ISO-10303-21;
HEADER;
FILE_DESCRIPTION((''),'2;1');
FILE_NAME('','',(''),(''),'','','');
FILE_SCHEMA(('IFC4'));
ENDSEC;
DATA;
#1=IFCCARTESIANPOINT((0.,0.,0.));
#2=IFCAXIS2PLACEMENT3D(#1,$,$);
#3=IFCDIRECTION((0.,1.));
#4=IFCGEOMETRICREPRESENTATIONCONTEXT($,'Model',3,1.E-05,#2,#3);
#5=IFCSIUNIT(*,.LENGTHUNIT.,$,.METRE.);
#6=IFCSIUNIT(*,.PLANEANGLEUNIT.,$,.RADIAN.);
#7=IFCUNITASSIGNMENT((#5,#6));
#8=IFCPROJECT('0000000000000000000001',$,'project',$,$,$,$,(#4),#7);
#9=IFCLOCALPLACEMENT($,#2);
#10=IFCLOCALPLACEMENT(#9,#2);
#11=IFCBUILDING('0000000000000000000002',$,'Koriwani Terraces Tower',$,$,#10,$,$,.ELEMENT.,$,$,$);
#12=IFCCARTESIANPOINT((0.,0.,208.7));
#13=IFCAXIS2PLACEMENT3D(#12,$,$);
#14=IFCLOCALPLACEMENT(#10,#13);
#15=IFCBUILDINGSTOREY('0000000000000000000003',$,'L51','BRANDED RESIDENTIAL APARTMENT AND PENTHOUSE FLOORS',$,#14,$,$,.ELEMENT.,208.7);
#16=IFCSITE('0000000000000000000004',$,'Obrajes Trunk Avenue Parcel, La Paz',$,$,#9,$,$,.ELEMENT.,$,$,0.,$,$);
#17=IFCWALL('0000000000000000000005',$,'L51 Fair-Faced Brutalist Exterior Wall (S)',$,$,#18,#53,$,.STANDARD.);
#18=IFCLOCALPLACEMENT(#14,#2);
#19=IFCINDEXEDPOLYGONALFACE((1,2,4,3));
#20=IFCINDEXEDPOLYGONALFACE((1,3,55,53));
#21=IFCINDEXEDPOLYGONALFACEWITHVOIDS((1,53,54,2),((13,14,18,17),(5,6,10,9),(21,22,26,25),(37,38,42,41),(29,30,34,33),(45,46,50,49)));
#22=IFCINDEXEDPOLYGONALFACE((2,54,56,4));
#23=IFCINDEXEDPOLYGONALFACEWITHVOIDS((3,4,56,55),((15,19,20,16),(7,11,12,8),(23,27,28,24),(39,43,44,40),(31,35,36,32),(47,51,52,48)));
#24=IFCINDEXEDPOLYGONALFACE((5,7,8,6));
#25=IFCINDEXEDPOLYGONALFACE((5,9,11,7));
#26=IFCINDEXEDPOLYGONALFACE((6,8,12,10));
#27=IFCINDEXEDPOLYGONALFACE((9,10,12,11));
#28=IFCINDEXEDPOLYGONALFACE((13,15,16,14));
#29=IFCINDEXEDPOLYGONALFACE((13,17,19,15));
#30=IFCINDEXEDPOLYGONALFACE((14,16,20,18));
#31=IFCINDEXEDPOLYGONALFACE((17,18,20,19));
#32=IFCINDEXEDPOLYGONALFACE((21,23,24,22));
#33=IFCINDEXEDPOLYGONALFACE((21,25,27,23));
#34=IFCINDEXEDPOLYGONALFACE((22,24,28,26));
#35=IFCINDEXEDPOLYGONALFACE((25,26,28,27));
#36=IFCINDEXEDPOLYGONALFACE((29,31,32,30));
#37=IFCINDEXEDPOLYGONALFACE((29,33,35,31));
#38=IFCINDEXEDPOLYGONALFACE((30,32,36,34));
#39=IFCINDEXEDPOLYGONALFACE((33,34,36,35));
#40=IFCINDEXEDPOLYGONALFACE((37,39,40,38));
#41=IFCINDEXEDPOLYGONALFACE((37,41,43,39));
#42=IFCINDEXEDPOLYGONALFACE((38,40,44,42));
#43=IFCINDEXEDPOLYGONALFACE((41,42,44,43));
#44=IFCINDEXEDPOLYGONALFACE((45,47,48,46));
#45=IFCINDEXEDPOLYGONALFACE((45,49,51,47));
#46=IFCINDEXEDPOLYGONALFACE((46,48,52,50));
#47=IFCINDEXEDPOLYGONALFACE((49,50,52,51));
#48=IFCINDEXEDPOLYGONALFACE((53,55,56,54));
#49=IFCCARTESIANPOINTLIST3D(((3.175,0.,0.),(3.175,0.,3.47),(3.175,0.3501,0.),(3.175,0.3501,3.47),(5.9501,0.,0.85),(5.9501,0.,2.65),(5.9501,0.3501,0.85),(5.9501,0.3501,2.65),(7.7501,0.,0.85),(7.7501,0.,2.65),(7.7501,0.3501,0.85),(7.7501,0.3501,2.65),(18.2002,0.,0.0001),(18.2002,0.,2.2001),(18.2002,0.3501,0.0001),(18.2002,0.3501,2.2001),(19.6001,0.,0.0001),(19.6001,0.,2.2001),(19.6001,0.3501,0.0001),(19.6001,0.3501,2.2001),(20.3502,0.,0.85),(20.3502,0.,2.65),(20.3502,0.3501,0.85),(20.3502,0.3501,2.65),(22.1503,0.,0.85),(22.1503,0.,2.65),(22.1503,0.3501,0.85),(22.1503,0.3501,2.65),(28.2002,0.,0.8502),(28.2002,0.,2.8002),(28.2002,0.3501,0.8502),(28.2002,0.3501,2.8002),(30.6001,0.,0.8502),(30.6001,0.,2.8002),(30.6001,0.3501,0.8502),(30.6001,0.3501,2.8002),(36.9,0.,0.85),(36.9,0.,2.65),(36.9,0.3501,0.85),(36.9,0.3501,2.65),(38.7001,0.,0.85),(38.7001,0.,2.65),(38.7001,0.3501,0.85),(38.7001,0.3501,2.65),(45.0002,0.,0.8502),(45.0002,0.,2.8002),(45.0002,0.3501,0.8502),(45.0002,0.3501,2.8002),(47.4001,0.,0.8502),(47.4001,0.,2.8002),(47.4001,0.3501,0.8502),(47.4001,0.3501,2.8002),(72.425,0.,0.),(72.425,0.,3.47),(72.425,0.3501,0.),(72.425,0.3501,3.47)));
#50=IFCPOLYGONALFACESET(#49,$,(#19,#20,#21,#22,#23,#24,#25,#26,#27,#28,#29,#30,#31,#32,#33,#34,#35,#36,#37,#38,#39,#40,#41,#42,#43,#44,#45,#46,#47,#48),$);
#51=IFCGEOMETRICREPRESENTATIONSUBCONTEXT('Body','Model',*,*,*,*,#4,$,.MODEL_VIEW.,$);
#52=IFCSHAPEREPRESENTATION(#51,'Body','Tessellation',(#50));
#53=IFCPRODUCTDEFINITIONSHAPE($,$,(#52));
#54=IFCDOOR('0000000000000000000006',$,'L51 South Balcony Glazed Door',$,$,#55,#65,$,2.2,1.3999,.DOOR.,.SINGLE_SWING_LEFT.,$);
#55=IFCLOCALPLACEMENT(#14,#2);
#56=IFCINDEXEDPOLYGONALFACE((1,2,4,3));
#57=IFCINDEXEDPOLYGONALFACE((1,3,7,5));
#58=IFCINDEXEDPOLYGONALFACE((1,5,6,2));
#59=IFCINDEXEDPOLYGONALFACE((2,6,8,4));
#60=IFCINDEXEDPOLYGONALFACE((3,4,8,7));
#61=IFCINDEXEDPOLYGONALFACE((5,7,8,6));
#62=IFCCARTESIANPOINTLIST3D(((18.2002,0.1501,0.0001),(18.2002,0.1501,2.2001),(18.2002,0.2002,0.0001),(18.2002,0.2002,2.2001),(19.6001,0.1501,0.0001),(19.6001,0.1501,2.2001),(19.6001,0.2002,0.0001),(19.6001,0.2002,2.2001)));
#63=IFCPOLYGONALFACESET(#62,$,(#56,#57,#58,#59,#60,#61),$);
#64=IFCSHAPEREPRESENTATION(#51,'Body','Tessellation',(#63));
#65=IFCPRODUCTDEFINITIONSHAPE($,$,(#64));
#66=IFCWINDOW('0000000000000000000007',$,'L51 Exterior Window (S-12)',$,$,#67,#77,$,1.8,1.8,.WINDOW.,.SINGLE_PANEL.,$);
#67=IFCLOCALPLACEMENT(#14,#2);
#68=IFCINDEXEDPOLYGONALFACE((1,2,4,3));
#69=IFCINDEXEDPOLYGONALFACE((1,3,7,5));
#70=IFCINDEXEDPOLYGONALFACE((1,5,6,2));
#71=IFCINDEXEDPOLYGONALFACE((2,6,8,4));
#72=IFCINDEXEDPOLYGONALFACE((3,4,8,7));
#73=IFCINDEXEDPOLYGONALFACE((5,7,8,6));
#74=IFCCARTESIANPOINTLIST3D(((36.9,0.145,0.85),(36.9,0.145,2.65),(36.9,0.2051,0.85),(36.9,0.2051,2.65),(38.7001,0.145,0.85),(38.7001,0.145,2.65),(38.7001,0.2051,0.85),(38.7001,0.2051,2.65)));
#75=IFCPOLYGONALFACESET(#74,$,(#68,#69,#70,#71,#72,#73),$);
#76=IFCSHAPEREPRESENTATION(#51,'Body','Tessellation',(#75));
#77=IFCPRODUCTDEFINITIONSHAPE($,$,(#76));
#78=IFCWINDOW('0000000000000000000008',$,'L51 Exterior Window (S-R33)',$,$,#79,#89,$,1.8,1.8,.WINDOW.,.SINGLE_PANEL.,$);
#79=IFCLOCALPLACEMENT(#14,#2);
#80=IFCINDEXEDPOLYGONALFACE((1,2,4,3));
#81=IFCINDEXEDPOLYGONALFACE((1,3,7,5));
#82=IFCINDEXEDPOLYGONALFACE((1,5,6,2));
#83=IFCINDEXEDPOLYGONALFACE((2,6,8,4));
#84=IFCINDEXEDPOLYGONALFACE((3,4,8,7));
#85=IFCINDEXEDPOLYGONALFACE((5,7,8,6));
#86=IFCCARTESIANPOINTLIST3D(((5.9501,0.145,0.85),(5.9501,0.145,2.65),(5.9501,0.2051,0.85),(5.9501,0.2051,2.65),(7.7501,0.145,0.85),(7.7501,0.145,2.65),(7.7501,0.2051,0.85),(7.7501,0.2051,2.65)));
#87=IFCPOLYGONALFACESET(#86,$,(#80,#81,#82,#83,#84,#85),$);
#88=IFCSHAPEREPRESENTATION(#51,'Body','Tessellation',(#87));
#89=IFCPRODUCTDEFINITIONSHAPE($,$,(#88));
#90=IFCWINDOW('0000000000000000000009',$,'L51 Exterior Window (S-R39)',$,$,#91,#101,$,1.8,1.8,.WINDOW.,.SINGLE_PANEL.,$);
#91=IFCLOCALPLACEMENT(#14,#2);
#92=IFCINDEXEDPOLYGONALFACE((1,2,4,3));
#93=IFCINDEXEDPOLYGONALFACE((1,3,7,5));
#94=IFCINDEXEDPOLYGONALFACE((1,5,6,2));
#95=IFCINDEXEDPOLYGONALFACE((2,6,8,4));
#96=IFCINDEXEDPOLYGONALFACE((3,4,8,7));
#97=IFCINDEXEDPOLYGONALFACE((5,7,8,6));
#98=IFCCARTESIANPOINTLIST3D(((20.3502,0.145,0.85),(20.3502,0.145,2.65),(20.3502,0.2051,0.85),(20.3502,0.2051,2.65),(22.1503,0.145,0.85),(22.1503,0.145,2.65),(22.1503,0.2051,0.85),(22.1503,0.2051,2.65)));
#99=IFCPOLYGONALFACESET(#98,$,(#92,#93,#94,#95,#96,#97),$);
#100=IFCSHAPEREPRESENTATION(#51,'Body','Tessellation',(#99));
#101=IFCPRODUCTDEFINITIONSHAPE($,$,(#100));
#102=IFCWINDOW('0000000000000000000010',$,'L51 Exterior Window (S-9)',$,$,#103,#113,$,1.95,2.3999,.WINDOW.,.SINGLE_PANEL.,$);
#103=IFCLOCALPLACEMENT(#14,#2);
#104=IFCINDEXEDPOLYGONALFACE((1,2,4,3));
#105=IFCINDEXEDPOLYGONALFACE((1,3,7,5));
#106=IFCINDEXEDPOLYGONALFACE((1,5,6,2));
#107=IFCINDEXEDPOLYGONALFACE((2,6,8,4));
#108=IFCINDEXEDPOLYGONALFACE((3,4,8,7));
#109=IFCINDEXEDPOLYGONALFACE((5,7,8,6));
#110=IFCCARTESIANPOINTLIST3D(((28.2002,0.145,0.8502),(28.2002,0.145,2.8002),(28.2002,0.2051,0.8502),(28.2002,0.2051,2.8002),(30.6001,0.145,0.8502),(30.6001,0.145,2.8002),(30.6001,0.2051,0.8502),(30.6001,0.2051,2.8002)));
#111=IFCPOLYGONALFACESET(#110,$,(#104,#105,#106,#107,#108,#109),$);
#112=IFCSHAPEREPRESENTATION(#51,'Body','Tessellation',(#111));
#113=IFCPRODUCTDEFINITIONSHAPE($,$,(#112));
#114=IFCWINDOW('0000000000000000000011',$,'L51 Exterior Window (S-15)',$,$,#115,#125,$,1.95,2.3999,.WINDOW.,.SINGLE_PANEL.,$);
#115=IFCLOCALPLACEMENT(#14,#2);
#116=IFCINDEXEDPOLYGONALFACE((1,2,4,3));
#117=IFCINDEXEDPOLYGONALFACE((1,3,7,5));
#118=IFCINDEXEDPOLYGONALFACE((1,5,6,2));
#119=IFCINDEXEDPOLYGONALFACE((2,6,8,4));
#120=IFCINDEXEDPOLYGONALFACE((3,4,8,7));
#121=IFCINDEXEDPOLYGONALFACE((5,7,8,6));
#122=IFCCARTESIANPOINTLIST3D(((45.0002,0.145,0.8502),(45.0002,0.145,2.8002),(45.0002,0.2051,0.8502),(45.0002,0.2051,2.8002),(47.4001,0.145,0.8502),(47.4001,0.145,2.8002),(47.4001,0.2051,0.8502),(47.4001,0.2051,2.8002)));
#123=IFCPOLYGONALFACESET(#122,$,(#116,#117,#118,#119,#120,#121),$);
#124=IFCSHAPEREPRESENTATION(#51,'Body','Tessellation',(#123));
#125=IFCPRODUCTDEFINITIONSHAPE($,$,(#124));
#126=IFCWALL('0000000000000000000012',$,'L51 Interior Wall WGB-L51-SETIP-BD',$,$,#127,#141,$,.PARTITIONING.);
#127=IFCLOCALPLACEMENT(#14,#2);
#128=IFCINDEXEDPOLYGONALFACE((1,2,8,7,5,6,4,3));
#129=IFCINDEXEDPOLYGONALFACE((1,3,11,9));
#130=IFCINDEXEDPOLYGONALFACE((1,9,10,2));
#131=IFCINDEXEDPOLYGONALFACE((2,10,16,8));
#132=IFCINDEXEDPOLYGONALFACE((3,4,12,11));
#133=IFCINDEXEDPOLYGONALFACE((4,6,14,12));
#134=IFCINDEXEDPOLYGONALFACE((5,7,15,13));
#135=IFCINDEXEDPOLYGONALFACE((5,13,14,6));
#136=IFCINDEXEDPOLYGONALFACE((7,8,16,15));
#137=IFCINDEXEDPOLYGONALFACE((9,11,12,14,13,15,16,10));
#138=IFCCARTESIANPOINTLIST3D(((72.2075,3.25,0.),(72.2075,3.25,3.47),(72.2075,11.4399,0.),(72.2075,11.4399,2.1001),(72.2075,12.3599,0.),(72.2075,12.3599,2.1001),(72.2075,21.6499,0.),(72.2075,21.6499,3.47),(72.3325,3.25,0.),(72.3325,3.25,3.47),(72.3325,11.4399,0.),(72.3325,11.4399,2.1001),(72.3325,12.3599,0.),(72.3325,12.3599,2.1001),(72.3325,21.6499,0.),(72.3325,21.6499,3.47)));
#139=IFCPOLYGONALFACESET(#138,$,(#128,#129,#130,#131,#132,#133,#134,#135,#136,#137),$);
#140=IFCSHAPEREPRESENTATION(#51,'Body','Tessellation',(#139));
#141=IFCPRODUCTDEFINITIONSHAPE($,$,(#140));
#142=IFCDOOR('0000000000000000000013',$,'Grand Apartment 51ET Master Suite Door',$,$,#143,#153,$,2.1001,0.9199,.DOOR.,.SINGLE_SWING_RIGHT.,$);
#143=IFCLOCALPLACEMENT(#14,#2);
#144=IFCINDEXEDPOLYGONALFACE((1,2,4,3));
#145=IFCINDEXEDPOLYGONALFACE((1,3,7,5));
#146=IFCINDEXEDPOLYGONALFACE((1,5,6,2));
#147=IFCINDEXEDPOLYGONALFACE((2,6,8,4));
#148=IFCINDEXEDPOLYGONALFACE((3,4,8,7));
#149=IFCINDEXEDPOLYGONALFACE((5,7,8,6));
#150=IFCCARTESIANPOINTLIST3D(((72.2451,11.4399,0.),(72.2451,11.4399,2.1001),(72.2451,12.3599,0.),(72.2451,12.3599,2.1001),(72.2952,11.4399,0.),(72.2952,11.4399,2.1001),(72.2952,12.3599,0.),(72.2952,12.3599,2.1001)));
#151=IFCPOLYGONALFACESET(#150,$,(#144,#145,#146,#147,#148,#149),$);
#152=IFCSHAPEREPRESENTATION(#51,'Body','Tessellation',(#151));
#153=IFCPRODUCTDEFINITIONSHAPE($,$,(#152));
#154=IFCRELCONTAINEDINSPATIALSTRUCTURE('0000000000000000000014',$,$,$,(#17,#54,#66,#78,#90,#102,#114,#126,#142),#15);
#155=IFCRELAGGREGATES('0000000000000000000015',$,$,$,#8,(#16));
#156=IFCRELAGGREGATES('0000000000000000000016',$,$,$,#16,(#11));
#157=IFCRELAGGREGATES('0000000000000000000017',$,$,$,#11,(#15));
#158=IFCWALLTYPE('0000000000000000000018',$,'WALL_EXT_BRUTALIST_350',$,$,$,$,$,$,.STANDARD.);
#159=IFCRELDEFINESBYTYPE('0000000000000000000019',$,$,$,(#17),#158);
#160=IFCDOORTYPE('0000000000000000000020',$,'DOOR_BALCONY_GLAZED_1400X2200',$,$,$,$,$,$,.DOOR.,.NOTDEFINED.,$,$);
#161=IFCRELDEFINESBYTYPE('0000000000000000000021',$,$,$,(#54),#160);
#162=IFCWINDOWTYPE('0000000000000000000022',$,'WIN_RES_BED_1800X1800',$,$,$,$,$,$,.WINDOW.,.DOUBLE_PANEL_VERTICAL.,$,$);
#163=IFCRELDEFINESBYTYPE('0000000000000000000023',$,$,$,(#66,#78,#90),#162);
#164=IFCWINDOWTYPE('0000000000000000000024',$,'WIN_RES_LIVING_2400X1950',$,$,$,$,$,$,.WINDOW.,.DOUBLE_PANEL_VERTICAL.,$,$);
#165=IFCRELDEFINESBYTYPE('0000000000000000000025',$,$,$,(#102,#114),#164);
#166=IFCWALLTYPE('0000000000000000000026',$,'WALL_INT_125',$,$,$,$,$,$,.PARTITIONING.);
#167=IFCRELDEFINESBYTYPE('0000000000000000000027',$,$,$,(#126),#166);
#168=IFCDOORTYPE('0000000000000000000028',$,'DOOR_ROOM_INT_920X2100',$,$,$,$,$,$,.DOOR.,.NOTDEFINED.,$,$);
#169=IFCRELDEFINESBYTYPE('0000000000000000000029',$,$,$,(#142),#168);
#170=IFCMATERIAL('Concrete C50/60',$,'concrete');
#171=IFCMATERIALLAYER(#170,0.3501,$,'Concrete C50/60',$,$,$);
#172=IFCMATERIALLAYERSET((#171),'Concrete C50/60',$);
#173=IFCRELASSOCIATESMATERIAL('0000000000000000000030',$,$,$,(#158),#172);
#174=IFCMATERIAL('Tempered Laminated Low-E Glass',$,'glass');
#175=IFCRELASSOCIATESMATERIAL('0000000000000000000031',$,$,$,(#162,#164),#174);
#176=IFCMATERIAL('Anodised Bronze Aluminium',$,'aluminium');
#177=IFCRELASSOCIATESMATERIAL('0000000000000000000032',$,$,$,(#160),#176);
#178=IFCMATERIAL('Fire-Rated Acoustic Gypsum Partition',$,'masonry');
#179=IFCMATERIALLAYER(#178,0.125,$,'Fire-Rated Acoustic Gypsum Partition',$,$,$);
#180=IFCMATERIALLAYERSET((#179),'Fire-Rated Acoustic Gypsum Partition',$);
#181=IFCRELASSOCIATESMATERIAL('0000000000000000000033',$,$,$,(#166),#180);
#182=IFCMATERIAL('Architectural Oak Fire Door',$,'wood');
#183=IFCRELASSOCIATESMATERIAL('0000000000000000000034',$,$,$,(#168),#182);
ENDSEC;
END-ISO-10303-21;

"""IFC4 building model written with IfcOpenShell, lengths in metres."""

from ifc_helpers import new_model, si_unit, direction, frame, frame_2d, origin, place, context, subcontext, project, spatial, rectangle, extrude, material, layer, layer_set, type_object, element, fill, save


model = new_model("IFC4")

# Units and contexts
model_context = context("Model", 3, precision=1e-05, world=origin(), true_north=direction((0.0, 1.0)))
body_context = subcontext(model_context, "Body", "Model", "MODEL_VIEW")
ifc_project = project(units=[si_unit("LENGTHUNIT", "METRE"), si_unit("PLANEANGLEUNIT", "RADIAN")], contexts=[model_context])

# Site, building, storey
site_placement = place(None, origin())
site = spatial("IfcSite", under=ifc_project, at=site_placement, Name="Obrajes Trunk Avenue Parcel, La Paz", CompositionType="ELEMENT", RefElevation=0.0)
building_placement = place(site_placement, origin())
building = spatial("IfcBuilding", under=site, at=building_placement, Name="Koriwani Terraces Tower", CompositionType="ELEMENT")
storey_placement = place(building_placement, frame((0.0, 0.0, 208.7)))
storey = spatial("IfcBuildingStorey", under=building, at=storey_placement, Name="L51", Description="BRANDED RESIDENTIAL APARTMENT AND PENTHOUSE FLOORS", CompositionType="ELEMENT", Elevation=208.7)

# Shared definitions
ifc_material_1 = material(Name="Concrete C50/60", Category="concrete")

# Shared definitions
ifc_material_2 = material(Name="Architectural Oak Fire Door", Category="wood")

# Shared definitions
ifc_layer_1 = layer(ifc_material_1, 0.3501, Name="Concrete C50/60")
ifc_layer_set_1 = layer_set([ifc_layer_1], Name="Concrete C50/60")
wall_type_1 = type_object("IfcWallType", Name="WALL_EXT_BRUTALIST_350", PredefinedType="STANDARD", material=ifc_layer_set_1)
ifc_material_3 = material(Name="Tempered Laminated Low-E Glass", Category="glass")
window_type_1 = type_object("IfcWindowType", Name="WIN_RES_BED_1800X1800", PartitioningType="DOUBLE_PANEL_VERTICAL", PredefinedType="WINDOW", material=ifc_material_3)

# Wall, openings, door, windows
wall_1_placement = place(storey_placement, frame((72.425, 0.175, 0.0), z_axis=(0.0, 0.0, 1.0), x_axis=(-1.0, 0.0, 0.0)))
wall_1 = element("IfcWall", 1, at=wall_1_placement, inside=storey, type_object=wall_type_1, Name="L51 Fair-Faced Brutalist Exterior Wall (S)", PredefinedType="STANDARD", context=body_context, shape_type="SweptSolid", body=[
    extrude(rectangle(XDim=69.25, YDim=0.3501, at=frame_2d((34.625, 0.0))), origin(), (0.0, 0.0, 1.0), 3.47),
])
opening_1_placement = place(wall_1_placement, frame((52.825, 0.0, 0.0)))
opening_1 = element("IfcOpeningElement", 2, at=opening_1_placement, cuts=wall_1, PredefinedType="OPENING", context=body_context, shape_type="SweptSolid", body=[
    extrude(rectangle(XDim=1.3999, YDim=2.2, at=frame_2d((0.7, 1.1001))), frame((0.0, 0.1851, 0.0), z_axis=(0.0, -1.0, 0.0), x_axis=(1.0, 0.0, 0.0)), (0.0, 0.0, 1.0), 0.3701),
])
opening_2_placement = place(wall_1_placement, frame((41.825, 0.0, 0.8501)))
opening_2 = element("IfcOpeningElement", 3, at=opening_2_placement, cuts=wall_1, PredefinedType="OPENING", context=body_context, shape_type="SweptSolid", body=[
    extrude(rectangle(XDim=2.3999, YDim=1.95, at=frame_2d((1.2, 0.9751))), frame((0.0, 0.1851, 0.0), z_axis=(0.0, -1.0, 0.0), x_axis=(1.0, 0.0, 0.0)), (0.0, 0.0, 1.0), 0.3701),
])
opening_3_placement = place(wall_1_placement, frame((33.7251, 0.0, 0.8501)))
opening_3 = element("IfcOpeningElement", 4, at=opening_3_placement, cuts=wall_1, PredefinedType="OPENING", context=body_context, shape_type="SweptSolid", body=[
    extrude(rectangle(XDim=1.8, YDim=1.8, at=frame_2d((0.8999, 0.8999))), frame((0.0, 0.1851, 0.0), z_axis=(0.0, -1.0, 0.0), x_axis=(1.0, 0.0, 0.0)), (0.0, 0.0, 1.0), 0.3701),
])
opening_4_placement = place(wall_1_placement, frame((25.0249, 0.0, 0.8501)))
opening_4 = element("IfcOpeningElement", 5, at=opening_4_placement, cuts=wall_1, PredefinedType="OPENING", context=body_context, shape_type="SweptSolid", body=[
    extrude(rectangle(XDim=2.3999, YDim=1.95, at=frame_2d((1.2, 0.9751))), frame((0.0, 0.1851, 0.0), z_axis=(0.0, -1.0, 0.0), x_axis=(1.0, 0.0, 0.0)), (0.0, 0.0, 1.0), 0.3701),
])
opening_5_placement = place(wall_1_placement, frame((64.675, 0.0, 0.8501)))
opening_5 = element("IfcOpeningElement", 6, at=opening_5_placement, cuts=wall_1, PredefinedType="OPENING", context=body_context, shape_type="SweptSolid", body=[
    extrude(rectangle(XDim=1.8, YDim=1.8, at=frame_2d((0.8999, 0.8999))), frame((0.0, 0.1851, 0.0), z_axis=(0.0, -1.0, 0.0), x_axis=(1.0, 0.0, 0.0)), (0.0, 0.0, 1.0), 0.3701),
])
opening_6_placement = place(wall_1_placement, frame((50.2749, 0.0, 0.8501)))
opening_6 = element("IfcOpeningElement", 7, at=opening_6_placement, cuts=wall_1, PredefinedType="OPENING", context=body_context, shape_type="SweptSolid", body=[
    extrude(rectangle(XDim=1.8, YDim=1.8, at=frame_2d((0.8999, 0.8999))), frame((0.0, 0.1851, 0.0), z_axis=(0.0, -1.0, 0.0), x_axis=(1.0, 0.0, 0.0)), (0.0, 0.0, 1.0), 0.3701),
])
ifc_material_4 = material(Name="Anodised Bronze Aluminium", Category="aluminium")
door_type_1 = type_object("IfcDoorType", Name="DOOR_BALCONY_GLAZED_1400X2200", OperationType="NOTDEFINED", PredefinedType="DOOR", material=ifc_material_4)
door_1_placement = place(opening_1_placement, origin())
door_1 = element("IfcDoor", 8, at=door_1_placement, inside=storey, type_object=door_type_1, Name="L51 South Balcony Glazed Door", OperationType="SINGLE_SWING_LEFT", OverallHeight=2.2, OverallWidth=1.3999, PredefinedType="DOOR", context=body_context, shape_type="SweptSolid", body=[
    extrude(rectangle(XDim=1.3999, YDim=2.2, at=frame_2d((0.7, 1.1001))), frame((0.0, 0.0249, 0.0), z_axis=(0.0, -1.0, 0.0), x_axis=(1.0, 0.0, 0.0)), (0.0, 0.0, 1.0), 0.05),
])
fill(opening_1, door_1)
window_1_placement = place(opening_3_placement, origin())
window_1 = element("IfcWindow", 9, at=window_1_placement, inside=storey, type_object=window_type_1, Name="L51 Exterior Window (S-12)", OverallHeight=1.8, OverallWidth=1.8, PartitioningType="SINGLE_PANEL", PredefinedType="WINDOW", context=body_context, shape_type="SweptSolid", body=[
    extrude(rectangle(XDim=1.8, YDim=1.8, at=frame_2d((0.8999, 0.8999))), frame((0.0, 0.03, 0.0), z_axis=(0.0, -1.0, 0.0), x_axis=(1.0, 0.0, 0.0)), (0.0, 0.0, 1.0), 0.0601),
])
fill(opening_3, window_1)
window_2_placement = place(opening_5_placement, origin())
window_2 = element("IfcWindow", 10, at=window_2_placement, inside=storey, type_object=window_type_1, Name="L51 Exterior Window (S-R33)", OverallHeight=1.8, OverallWidth=1.8, PartitioningType="SINGLE_PANEL", PredefinedType="WINDOW", context=body_context, shape_type="SweptSolid", body=[
    extrude(rectangle(XDim=1.8, YDim=1.8, at=frame_2d((0.8999, 0.8999))), frame((0.0, 0.03, 0.0), z_axis=(0.0, -1.0, 0.0), x_axis=(1.0, 0.0, 0.0)), (0.0, 0.0, 1.0), 0.0601),
])
fill(opening_5, window_2)
window_3_placement = place(opening_6_placement, origin())
window_3 = element("IfcWindow", 11, at=window_3_placement, inside=storey, type_object=window_type_1, Name="L51 Exterior Window (S-R39)", OverallHeight=1.8, OverallWidth=1.8, PartitioningType="SINGLE_PANEL", PredefinedType="WINDOW", context=body_context, shape_type="SweptSolid", body=[
    extrude(rectangle(XDim=1.8, YDim=1.8, at=frame_2d((0.8999, 0.8999))), frame((0.0, 0.03, 0.0), z_axis=(0.0, -1.0, 0.0), x_axis=(1.0, 0.0, 0.0)), (0.0, 0.0, 1.0), 0.0601),
])
fill(opening_6, window_3)
window_type_2 = type_object("IfcWindowType", Name="WIN_RES_LIVING_2400X1950", PartitioningType="DOUBLE_PANEL_VERTICAL", PredefinedType="WINDOW", material=ifc_material_3)
window_4_placement = place(opening_2_placement, origin())
window_4 = element("IfcWindow", 12, at=window_4_placement, inside=storey, type_object=window_type_2, Name="L51 Exterior Window (S-9)", OverallHeight=1.95, OverallWidth=2.3999, PartitioningType="SINGLE_PANEL", PredefinedType="WINDOW", context=body_context, shape_type="SweptSolid", body=[
    extrude(rectangle(XDim=2.3999, YDim=1.95, at=frame_2d((1.2, 0.9751))), frame((0.0, 0.03, 0.0), z_axis=(0.0, -1.0, 0.0), x_axis=(1.0, 0.0, 0.0)), (0.0, 0.0, 1.0), 0.0601),
])
fill(opening_2, window_4)
window_5_placement = place(opening_4_placement, origin())
window_5 = element("IfcWindow", 13, at=window_5_placement, inside=storey, type_object=window_type_2, Name="L51 Exterior Window (S-15)", OverallHeight=1.95, OverallWidth=2.3999, PartitioningType="SINGLE_PANEL", PredefinedType="WINDOW", context=body_context, shape_type="SweptSolid", body=[
    extrude(rectangle(XDim=2.3999, YDim=1.95, at=frame_2d((1.2, 0.9751))), frame((0.0, 0.03, 0.0), z_axis=(0.0, -1.0, 0.0), x_axis=(1.0, 0.0, 0.0)), (0.0, 0.0, 1.0), 0.0601),
])
fill(opening_4, window_5)

# Wall, opening, door
ifc_material_5 = material(Name="Fire-Rated Acoustic Gypsum Partition", Category="masonry")
ifc_layer_2 = layer(ifc_material_5, 0.125, Name="Fire-Rated Acoustic Gypsum Partition")
ifc_layer_set_2 = layer_set([ifc_layer_2], Name="Fire-Rated Acoustic Gypsum Partition")
wall_type_2 = type_object("IfcWallType", Name="WALL_INT_125", PredefinedType="PARTITIONING", material=ifc_layer_set_2)
wall_2_placement = place(storey_placement, frame((72.27, 3.25, 0.0), z_axis=(0.0, 0.0, 1.0), x_axis=(0.0, 1.0, 0.0)))
wall_2 = element("IfcWall", 14, at=wall_2_placement, inside=storey, type_object=wall_type_2, Name="L51 Interior Wall WGB-L51-SETIP-BD", PredefinedType="PARTITIONING", context=body_context, shape_type="SweptSolid", body=[
    extrude(rectangle(XDim=18.3999, YDim=0.125, at=frame_2d((9.2, 0.0))), origin(), (0.0, 0.0, 1.0), 3.47),
])
opening_7_placement = place(wall_2_placement, frame((8.1899, 0.0, 0.0)))
opening_7 = element("IfcOpeningElement", 15, at=opening_7_placement, cuts=wall_2, PredefinedType="OPENING", context=body_context, shape_type="SweptSolid", body=[
    extrude(rectangle(XDim=0.9199, YDim=2.1001, at=frame_2d((0.46, 1.05))), frame((0.0, 0.0725, 0.0), z_axis=(0.0, -1.0, 0.0), x_axis=(1.0, 0.0, 0.0)), (0.0, 0.0, 1.0), 0.145),
])
door_type_2 = type_object("IfcDoorType", Name="DOOR_ROOM_INT_920X2100", OperationType="NOTDEFINED", PredefinedType="DOOR", material=ifc_material_2)
door_2_placement = place(opening_7_placement, origin())
door_2 = element("IfcDoor", 16, at=door_2_placement, inside=storey, type_object=door_type_2, Name="Grand Apartment 51ET Master Suite Door", OperationType="SINGLE_SWING_RIGHT", OverallHeight=2.1001, OverallWidth=0.9199, PredefinedType="DOOR", context=body_context, shape_type="SweptSolid", body=[
    extrude(rectangle(XDim=0.9199, YDim=2.1001, at=frame_2d((0.46, 1.05))), frame((0.0, 0.0249, 0.0), z_axis=(0.0, -1.0, 0.0), x_axis=(1.0, 0.0, 0.0)), (0.0, 0.0, 1.0), 0.05),
])
fill(opening_7, door_2)

save(model, "model.ifc")
